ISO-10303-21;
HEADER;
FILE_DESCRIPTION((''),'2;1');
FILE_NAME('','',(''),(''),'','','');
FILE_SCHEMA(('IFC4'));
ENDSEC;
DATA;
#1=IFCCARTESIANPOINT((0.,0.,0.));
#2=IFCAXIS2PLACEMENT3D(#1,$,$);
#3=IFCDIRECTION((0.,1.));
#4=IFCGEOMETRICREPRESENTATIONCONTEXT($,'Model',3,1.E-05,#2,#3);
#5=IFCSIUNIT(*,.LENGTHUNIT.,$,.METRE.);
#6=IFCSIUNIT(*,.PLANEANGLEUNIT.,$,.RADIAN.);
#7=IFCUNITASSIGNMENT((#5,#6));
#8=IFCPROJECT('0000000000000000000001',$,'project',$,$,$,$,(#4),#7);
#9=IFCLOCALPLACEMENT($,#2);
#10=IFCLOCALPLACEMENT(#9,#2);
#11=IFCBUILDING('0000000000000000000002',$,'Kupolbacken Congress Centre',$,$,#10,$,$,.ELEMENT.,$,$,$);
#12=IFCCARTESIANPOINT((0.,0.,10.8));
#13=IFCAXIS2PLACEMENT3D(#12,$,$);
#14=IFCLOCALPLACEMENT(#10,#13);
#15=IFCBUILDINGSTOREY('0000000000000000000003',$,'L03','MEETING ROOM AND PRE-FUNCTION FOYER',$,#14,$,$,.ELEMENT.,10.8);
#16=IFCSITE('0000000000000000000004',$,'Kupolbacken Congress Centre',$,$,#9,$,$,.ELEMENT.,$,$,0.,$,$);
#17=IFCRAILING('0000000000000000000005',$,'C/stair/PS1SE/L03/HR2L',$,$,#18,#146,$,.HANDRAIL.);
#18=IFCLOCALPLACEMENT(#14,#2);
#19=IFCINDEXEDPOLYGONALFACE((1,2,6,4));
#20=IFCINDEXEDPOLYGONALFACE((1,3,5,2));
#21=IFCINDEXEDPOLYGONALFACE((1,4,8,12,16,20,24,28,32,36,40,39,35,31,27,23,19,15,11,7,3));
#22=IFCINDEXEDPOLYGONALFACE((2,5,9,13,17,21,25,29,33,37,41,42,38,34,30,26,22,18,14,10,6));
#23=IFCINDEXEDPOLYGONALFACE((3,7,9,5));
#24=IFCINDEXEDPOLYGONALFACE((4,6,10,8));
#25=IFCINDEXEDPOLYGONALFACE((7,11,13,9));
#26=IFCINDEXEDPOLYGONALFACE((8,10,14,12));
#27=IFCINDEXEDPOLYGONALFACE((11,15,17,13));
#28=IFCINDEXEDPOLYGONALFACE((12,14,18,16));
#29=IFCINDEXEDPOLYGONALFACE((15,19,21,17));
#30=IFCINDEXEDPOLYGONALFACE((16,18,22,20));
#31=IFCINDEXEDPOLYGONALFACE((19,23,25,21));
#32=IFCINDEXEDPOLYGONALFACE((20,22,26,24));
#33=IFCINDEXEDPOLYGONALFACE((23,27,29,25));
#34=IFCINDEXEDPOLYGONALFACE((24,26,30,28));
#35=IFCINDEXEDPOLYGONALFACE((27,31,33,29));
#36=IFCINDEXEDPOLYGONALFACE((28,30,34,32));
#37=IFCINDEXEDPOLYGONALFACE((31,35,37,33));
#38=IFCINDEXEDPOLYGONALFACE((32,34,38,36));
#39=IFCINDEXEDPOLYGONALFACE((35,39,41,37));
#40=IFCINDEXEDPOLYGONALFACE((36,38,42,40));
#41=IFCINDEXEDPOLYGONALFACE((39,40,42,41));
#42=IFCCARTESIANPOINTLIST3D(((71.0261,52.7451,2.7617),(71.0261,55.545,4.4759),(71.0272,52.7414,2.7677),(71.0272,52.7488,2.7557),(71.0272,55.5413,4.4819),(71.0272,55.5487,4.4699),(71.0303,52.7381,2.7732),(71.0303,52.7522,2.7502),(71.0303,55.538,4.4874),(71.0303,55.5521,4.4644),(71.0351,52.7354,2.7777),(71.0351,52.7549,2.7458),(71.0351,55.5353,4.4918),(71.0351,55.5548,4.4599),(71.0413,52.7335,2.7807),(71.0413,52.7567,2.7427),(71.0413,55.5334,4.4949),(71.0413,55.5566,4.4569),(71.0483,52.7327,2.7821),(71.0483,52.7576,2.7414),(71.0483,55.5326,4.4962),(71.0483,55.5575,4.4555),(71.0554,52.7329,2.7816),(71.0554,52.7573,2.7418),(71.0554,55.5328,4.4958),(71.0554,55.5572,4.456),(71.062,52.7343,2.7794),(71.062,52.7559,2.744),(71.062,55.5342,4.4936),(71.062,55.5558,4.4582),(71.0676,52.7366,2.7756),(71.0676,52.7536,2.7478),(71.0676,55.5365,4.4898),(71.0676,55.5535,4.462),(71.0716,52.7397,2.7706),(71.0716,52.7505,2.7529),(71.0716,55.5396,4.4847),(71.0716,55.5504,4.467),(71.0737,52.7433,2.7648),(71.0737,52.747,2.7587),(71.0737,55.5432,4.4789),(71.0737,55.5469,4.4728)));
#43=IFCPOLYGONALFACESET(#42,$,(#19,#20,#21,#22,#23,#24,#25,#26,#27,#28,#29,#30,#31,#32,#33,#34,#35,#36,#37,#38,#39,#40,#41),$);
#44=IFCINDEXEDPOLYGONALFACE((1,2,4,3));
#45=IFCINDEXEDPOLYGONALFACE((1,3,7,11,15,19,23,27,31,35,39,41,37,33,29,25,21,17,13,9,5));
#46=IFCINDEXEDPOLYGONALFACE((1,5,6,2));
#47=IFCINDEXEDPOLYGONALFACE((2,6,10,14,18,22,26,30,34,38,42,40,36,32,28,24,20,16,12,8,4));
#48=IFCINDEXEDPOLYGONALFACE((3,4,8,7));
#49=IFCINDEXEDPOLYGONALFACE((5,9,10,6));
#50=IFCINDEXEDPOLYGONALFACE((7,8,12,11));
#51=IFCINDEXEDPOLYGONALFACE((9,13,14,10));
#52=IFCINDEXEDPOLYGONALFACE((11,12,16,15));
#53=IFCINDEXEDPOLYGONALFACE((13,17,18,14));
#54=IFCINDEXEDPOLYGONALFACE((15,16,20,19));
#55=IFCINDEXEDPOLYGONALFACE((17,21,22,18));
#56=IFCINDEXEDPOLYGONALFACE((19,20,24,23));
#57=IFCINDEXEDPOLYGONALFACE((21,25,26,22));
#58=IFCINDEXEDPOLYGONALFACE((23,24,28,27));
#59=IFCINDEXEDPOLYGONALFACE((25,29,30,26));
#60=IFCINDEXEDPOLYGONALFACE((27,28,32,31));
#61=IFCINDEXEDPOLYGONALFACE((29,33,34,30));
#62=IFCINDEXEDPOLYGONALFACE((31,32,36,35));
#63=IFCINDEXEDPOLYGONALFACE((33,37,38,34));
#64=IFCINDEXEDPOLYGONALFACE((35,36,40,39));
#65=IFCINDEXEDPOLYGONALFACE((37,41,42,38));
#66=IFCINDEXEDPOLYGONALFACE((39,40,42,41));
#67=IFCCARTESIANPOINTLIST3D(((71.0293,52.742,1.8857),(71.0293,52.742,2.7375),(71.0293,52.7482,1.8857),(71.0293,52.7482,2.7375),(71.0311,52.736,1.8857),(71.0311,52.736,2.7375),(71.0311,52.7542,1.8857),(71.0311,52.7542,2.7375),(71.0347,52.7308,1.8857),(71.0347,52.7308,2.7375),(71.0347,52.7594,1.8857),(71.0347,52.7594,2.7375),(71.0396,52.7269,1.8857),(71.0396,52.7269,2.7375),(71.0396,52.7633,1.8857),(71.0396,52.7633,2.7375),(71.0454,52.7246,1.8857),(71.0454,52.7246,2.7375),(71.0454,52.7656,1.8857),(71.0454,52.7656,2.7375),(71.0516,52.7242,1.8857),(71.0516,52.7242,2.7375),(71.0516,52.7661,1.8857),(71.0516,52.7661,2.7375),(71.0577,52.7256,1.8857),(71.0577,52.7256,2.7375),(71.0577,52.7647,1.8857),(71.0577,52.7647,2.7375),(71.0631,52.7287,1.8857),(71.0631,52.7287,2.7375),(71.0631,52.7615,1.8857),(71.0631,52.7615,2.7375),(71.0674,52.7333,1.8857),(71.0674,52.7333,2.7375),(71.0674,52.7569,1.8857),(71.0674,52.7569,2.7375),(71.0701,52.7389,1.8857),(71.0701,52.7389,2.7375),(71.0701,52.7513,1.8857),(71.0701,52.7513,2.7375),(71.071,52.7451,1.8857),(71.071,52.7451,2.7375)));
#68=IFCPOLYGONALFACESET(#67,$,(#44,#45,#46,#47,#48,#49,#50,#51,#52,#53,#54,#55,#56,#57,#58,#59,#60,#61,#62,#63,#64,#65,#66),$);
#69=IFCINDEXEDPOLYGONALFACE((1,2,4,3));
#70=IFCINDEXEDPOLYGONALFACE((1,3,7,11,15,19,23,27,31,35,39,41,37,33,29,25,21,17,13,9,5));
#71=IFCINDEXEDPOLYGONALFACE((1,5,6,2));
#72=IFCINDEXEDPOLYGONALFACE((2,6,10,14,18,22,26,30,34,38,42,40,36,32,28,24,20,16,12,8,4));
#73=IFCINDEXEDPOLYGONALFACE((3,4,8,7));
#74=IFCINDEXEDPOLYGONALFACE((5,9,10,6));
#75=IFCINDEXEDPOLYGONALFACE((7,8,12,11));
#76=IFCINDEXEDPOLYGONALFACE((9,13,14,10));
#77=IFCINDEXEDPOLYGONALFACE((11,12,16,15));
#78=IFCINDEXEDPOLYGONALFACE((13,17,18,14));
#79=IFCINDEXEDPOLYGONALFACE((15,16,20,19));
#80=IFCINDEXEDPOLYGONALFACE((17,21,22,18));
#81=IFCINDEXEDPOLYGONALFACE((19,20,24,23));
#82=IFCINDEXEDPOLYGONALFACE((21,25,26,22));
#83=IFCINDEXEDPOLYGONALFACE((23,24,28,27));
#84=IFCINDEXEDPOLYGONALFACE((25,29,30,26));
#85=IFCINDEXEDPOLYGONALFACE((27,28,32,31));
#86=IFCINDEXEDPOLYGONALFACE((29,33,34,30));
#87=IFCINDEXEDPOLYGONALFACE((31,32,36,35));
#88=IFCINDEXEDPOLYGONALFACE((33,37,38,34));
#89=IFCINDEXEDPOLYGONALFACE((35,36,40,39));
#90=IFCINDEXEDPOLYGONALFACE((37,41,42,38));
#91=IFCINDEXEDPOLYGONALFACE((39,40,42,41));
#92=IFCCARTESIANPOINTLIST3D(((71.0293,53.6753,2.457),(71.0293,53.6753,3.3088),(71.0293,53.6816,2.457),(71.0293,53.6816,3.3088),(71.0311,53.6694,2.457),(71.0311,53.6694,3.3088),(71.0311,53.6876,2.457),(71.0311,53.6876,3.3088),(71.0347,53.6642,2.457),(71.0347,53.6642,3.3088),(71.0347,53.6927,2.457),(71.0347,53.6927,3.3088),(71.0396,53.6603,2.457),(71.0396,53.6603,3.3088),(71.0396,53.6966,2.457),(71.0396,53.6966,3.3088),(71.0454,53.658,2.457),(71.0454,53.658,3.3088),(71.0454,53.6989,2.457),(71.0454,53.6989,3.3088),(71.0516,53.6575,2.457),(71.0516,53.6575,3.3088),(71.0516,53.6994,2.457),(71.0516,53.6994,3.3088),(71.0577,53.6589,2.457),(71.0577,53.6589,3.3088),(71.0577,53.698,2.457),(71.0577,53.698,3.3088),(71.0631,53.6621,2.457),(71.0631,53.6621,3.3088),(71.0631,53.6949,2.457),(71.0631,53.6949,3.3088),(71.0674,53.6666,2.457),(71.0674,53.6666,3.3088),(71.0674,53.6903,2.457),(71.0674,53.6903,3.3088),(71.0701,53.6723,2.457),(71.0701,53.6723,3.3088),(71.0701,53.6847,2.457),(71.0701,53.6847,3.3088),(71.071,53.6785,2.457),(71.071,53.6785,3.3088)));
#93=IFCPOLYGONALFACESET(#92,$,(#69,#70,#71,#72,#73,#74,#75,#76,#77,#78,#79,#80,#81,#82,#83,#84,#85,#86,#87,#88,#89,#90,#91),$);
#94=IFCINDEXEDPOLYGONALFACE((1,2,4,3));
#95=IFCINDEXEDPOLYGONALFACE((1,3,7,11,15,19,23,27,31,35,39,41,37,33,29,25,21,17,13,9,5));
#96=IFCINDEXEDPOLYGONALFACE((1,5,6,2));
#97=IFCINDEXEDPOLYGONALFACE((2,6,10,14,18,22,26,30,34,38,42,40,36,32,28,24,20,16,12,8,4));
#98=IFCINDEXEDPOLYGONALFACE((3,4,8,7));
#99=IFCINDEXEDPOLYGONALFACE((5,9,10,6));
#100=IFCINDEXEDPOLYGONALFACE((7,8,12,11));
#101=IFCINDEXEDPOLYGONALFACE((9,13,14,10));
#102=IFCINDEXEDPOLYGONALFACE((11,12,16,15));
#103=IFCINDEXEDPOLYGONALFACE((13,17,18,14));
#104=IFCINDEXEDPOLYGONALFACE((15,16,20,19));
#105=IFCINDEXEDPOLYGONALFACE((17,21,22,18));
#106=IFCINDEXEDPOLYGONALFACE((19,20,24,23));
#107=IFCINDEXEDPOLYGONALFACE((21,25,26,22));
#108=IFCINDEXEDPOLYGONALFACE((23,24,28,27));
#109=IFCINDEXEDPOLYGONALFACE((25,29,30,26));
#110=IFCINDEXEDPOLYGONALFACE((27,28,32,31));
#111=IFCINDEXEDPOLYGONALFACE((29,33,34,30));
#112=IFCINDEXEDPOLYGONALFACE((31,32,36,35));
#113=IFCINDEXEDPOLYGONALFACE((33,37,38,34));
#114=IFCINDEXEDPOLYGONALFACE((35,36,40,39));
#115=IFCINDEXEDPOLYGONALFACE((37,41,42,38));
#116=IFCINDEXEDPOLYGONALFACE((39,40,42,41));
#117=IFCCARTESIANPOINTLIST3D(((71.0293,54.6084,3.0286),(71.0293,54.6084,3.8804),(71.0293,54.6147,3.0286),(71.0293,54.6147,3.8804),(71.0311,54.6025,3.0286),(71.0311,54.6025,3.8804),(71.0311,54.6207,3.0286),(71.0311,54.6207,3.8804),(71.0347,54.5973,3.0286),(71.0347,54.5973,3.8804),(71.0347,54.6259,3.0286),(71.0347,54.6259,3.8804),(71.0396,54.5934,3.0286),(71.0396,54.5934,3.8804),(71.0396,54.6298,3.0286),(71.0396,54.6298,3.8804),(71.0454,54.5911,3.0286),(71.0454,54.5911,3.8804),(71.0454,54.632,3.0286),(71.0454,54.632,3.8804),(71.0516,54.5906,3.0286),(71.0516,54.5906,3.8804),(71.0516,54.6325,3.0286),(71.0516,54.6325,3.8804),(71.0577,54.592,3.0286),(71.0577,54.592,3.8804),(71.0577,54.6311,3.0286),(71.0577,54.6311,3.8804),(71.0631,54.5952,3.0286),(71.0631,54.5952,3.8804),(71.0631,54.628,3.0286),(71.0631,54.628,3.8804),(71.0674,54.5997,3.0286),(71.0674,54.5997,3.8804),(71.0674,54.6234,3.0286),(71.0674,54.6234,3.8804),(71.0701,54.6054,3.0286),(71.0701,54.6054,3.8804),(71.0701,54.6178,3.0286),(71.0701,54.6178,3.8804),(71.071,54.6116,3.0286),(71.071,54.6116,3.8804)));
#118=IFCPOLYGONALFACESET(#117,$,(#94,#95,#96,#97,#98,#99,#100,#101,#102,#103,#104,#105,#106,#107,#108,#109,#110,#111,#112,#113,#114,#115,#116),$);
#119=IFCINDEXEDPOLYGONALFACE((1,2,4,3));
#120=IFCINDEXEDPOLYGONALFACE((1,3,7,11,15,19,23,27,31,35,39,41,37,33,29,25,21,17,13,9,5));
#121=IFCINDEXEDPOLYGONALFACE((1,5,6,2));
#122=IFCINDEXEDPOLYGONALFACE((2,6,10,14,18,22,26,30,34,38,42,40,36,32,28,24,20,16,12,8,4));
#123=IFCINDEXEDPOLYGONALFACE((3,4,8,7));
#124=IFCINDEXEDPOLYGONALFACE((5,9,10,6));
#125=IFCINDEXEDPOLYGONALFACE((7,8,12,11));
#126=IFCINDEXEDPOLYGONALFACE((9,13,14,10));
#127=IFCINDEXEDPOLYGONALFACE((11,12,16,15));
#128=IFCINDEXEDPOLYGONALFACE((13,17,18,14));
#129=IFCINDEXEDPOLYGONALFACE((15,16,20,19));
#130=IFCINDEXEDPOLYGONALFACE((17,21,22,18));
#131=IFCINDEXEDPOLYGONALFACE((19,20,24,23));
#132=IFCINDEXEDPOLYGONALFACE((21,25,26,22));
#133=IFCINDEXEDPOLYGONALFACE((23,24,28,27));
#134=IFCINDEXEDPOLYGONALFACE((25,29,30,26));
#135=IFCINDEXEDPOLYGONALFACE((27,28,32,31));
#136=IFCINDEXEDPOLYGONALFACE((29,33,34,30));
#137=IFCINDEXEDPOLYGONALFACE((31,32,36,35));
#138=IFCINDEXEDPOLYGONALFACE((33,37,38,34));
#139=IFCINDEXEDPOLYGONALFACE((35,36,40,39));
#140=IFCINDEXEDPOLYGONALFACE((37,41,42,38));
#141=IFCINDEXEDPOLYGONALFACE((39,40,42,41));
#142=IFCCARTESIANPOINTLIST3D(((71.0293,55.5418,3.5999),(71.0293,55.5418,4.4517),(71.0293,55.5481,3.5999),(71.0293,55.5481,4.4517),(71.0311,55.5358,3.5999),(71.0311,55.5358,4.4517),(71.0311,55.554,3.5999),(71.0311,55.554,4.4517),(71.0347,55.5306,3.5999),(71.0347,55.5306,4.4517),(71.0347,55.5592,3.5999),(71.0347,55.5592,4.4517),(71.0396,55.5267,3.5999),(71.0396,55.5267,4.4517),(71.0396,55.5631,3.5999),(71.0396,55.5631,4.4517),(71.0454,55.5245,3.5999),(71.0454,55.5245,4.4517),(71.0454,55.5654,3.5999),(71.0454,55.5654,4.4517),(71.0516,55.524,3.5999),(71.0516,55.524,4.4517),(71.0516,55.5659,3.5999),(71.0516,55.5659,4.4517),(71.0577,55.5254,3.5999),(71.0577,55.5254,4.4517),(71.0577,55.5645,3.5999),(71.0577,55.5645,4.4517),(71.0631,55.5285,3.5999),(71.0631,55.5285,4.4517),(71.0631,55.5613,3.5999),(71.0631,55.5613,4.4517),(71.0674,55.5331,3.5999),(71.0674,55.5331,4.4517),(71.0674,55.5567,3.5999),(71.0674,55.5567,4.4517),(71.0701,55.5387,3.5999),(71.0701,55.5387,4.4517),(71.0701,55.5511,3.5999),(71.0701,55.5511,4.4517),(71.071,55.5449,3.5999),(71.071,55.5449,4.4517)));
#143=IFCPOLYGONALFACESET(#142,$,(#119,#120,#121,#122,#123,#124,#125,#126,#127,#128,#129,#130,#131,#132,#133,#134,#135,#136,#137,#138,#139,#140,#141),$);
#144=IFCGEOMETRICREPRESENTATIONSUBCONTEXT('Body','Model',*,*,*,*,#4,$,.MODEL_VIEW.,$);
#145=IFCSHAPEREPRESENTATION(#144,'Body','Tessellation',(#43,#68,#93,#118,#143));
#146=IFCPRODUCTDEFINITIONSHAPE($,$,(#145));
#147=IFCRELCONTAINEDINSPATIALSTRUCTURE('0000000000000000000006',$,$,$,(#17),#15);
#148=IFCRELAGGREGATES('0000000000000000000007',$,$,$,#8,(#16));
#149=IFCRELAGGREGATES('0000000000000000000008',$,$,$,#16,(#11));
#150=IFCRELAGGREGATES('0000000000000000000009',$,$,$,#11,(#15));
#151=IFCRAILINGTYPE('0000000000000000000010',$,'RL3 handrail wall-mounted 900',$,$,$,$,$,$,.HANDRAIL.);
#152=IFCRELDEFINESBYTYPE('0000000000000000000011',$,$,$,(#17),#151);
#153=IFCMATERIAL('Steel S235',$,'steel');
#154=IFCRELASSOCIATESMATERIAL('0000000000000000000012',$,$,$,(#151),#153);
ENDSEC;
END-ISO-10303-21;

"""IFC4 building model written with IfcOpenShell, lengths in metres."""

from ifc_helpers import new_model, si_unit, direction, frame, origin, origin_2d, place, context, subcontext, project, spatial, circle, extrude, material, type_object, element, save


model = new_model("IFC4")

# Units and contexts
model_context = context("Model", 3, precision=1e-05, world=origin(), true_north=direction((0.0, 1.0)))
body_context = subcontext(model_context, "Body", "Model", "MODEL_VIEW")
ifc_project = project(units=[si_unit("LENGTHUNIT", "METRE"), si_unit("PLANEANGLEUNIT", "RADIAN")], contexts=[model_context])

# Site, building, storey
site_placement = place(None, origin())
site = spatial("IfcSite", under=ifc_project, at=site_placement, Name="Kupolbacken Congress Centre", CompositionType="ELEMENT", RefElevation=0.0)
building_placement = place(site_placement, origin())
building = spatial("IfcBuilding", under=site, at=building_placement, Name="Kupolbacken Congress Centre", CompositionType="ELEMENT")
storey_placement = place(building_placement, frame((0.0, 0.0, 10.8)))
storey = spatial("IfcBuildingStorey", under=building, at=storey_placement, Name="L03", Description="MEETING ROOM AND PRE-FUNCTION FOYER", CompositionType="ELEMENT", Elevation=10.8)

# Railing
ifc_material_1 = material(Name="Steel S235", Category="steel")
railing_type = type_object("IfcRailingType", Name="RL3 handrail wall-mounted 900", PredefinedType="HANDRAIL", material=ifc_material_1)
for number, where, name in (
    (1, (71.05, 52.7451, 1.8857), "C/stair/PS1SE/L03/HR2L"),
):
    element("IfcRailing", number, at=place(storey_placement, frame(where)), inside=storey, type_object=railing_type, Name=name, PredefinedType="HANDRAIL", context=body_context, shape_type="SweptSolid", body=[
        extrude(circle(Radius=0.0239, at=origin_2d()), frame((0.0, 0.0, 0.876), z_axis=(0.0, 0.852859, 0.522142), x_axis=(-1.0, 0.0, 0.0)), (0.0, 0.0, 1.0), 3.283),
        extrude(circle(Radius=0.021, at=origin_2d()), origin(), (0.0, 0.0, 1.0), 0.8518),
        extrude(circle(Radius=0.021, at=origin_2d()), frame((0.0, 0.9333, 0.5713)), (0.0, 0.0, 1.0), 0.8518),
        extrude(circle(Radius=0.021, at=origin_2d()), frame((0.0, 1.8665, 1.1428)), (0.0, 0.0, 1.0), 0.8518),
        extrude(circle(Radius=0.021, at=origin_2d()), frame((0.0, 2.7998, 1.7141)), (0.0, 0.0, 1.0), 0.8518),
    ])

save(model, "model.ifc")
